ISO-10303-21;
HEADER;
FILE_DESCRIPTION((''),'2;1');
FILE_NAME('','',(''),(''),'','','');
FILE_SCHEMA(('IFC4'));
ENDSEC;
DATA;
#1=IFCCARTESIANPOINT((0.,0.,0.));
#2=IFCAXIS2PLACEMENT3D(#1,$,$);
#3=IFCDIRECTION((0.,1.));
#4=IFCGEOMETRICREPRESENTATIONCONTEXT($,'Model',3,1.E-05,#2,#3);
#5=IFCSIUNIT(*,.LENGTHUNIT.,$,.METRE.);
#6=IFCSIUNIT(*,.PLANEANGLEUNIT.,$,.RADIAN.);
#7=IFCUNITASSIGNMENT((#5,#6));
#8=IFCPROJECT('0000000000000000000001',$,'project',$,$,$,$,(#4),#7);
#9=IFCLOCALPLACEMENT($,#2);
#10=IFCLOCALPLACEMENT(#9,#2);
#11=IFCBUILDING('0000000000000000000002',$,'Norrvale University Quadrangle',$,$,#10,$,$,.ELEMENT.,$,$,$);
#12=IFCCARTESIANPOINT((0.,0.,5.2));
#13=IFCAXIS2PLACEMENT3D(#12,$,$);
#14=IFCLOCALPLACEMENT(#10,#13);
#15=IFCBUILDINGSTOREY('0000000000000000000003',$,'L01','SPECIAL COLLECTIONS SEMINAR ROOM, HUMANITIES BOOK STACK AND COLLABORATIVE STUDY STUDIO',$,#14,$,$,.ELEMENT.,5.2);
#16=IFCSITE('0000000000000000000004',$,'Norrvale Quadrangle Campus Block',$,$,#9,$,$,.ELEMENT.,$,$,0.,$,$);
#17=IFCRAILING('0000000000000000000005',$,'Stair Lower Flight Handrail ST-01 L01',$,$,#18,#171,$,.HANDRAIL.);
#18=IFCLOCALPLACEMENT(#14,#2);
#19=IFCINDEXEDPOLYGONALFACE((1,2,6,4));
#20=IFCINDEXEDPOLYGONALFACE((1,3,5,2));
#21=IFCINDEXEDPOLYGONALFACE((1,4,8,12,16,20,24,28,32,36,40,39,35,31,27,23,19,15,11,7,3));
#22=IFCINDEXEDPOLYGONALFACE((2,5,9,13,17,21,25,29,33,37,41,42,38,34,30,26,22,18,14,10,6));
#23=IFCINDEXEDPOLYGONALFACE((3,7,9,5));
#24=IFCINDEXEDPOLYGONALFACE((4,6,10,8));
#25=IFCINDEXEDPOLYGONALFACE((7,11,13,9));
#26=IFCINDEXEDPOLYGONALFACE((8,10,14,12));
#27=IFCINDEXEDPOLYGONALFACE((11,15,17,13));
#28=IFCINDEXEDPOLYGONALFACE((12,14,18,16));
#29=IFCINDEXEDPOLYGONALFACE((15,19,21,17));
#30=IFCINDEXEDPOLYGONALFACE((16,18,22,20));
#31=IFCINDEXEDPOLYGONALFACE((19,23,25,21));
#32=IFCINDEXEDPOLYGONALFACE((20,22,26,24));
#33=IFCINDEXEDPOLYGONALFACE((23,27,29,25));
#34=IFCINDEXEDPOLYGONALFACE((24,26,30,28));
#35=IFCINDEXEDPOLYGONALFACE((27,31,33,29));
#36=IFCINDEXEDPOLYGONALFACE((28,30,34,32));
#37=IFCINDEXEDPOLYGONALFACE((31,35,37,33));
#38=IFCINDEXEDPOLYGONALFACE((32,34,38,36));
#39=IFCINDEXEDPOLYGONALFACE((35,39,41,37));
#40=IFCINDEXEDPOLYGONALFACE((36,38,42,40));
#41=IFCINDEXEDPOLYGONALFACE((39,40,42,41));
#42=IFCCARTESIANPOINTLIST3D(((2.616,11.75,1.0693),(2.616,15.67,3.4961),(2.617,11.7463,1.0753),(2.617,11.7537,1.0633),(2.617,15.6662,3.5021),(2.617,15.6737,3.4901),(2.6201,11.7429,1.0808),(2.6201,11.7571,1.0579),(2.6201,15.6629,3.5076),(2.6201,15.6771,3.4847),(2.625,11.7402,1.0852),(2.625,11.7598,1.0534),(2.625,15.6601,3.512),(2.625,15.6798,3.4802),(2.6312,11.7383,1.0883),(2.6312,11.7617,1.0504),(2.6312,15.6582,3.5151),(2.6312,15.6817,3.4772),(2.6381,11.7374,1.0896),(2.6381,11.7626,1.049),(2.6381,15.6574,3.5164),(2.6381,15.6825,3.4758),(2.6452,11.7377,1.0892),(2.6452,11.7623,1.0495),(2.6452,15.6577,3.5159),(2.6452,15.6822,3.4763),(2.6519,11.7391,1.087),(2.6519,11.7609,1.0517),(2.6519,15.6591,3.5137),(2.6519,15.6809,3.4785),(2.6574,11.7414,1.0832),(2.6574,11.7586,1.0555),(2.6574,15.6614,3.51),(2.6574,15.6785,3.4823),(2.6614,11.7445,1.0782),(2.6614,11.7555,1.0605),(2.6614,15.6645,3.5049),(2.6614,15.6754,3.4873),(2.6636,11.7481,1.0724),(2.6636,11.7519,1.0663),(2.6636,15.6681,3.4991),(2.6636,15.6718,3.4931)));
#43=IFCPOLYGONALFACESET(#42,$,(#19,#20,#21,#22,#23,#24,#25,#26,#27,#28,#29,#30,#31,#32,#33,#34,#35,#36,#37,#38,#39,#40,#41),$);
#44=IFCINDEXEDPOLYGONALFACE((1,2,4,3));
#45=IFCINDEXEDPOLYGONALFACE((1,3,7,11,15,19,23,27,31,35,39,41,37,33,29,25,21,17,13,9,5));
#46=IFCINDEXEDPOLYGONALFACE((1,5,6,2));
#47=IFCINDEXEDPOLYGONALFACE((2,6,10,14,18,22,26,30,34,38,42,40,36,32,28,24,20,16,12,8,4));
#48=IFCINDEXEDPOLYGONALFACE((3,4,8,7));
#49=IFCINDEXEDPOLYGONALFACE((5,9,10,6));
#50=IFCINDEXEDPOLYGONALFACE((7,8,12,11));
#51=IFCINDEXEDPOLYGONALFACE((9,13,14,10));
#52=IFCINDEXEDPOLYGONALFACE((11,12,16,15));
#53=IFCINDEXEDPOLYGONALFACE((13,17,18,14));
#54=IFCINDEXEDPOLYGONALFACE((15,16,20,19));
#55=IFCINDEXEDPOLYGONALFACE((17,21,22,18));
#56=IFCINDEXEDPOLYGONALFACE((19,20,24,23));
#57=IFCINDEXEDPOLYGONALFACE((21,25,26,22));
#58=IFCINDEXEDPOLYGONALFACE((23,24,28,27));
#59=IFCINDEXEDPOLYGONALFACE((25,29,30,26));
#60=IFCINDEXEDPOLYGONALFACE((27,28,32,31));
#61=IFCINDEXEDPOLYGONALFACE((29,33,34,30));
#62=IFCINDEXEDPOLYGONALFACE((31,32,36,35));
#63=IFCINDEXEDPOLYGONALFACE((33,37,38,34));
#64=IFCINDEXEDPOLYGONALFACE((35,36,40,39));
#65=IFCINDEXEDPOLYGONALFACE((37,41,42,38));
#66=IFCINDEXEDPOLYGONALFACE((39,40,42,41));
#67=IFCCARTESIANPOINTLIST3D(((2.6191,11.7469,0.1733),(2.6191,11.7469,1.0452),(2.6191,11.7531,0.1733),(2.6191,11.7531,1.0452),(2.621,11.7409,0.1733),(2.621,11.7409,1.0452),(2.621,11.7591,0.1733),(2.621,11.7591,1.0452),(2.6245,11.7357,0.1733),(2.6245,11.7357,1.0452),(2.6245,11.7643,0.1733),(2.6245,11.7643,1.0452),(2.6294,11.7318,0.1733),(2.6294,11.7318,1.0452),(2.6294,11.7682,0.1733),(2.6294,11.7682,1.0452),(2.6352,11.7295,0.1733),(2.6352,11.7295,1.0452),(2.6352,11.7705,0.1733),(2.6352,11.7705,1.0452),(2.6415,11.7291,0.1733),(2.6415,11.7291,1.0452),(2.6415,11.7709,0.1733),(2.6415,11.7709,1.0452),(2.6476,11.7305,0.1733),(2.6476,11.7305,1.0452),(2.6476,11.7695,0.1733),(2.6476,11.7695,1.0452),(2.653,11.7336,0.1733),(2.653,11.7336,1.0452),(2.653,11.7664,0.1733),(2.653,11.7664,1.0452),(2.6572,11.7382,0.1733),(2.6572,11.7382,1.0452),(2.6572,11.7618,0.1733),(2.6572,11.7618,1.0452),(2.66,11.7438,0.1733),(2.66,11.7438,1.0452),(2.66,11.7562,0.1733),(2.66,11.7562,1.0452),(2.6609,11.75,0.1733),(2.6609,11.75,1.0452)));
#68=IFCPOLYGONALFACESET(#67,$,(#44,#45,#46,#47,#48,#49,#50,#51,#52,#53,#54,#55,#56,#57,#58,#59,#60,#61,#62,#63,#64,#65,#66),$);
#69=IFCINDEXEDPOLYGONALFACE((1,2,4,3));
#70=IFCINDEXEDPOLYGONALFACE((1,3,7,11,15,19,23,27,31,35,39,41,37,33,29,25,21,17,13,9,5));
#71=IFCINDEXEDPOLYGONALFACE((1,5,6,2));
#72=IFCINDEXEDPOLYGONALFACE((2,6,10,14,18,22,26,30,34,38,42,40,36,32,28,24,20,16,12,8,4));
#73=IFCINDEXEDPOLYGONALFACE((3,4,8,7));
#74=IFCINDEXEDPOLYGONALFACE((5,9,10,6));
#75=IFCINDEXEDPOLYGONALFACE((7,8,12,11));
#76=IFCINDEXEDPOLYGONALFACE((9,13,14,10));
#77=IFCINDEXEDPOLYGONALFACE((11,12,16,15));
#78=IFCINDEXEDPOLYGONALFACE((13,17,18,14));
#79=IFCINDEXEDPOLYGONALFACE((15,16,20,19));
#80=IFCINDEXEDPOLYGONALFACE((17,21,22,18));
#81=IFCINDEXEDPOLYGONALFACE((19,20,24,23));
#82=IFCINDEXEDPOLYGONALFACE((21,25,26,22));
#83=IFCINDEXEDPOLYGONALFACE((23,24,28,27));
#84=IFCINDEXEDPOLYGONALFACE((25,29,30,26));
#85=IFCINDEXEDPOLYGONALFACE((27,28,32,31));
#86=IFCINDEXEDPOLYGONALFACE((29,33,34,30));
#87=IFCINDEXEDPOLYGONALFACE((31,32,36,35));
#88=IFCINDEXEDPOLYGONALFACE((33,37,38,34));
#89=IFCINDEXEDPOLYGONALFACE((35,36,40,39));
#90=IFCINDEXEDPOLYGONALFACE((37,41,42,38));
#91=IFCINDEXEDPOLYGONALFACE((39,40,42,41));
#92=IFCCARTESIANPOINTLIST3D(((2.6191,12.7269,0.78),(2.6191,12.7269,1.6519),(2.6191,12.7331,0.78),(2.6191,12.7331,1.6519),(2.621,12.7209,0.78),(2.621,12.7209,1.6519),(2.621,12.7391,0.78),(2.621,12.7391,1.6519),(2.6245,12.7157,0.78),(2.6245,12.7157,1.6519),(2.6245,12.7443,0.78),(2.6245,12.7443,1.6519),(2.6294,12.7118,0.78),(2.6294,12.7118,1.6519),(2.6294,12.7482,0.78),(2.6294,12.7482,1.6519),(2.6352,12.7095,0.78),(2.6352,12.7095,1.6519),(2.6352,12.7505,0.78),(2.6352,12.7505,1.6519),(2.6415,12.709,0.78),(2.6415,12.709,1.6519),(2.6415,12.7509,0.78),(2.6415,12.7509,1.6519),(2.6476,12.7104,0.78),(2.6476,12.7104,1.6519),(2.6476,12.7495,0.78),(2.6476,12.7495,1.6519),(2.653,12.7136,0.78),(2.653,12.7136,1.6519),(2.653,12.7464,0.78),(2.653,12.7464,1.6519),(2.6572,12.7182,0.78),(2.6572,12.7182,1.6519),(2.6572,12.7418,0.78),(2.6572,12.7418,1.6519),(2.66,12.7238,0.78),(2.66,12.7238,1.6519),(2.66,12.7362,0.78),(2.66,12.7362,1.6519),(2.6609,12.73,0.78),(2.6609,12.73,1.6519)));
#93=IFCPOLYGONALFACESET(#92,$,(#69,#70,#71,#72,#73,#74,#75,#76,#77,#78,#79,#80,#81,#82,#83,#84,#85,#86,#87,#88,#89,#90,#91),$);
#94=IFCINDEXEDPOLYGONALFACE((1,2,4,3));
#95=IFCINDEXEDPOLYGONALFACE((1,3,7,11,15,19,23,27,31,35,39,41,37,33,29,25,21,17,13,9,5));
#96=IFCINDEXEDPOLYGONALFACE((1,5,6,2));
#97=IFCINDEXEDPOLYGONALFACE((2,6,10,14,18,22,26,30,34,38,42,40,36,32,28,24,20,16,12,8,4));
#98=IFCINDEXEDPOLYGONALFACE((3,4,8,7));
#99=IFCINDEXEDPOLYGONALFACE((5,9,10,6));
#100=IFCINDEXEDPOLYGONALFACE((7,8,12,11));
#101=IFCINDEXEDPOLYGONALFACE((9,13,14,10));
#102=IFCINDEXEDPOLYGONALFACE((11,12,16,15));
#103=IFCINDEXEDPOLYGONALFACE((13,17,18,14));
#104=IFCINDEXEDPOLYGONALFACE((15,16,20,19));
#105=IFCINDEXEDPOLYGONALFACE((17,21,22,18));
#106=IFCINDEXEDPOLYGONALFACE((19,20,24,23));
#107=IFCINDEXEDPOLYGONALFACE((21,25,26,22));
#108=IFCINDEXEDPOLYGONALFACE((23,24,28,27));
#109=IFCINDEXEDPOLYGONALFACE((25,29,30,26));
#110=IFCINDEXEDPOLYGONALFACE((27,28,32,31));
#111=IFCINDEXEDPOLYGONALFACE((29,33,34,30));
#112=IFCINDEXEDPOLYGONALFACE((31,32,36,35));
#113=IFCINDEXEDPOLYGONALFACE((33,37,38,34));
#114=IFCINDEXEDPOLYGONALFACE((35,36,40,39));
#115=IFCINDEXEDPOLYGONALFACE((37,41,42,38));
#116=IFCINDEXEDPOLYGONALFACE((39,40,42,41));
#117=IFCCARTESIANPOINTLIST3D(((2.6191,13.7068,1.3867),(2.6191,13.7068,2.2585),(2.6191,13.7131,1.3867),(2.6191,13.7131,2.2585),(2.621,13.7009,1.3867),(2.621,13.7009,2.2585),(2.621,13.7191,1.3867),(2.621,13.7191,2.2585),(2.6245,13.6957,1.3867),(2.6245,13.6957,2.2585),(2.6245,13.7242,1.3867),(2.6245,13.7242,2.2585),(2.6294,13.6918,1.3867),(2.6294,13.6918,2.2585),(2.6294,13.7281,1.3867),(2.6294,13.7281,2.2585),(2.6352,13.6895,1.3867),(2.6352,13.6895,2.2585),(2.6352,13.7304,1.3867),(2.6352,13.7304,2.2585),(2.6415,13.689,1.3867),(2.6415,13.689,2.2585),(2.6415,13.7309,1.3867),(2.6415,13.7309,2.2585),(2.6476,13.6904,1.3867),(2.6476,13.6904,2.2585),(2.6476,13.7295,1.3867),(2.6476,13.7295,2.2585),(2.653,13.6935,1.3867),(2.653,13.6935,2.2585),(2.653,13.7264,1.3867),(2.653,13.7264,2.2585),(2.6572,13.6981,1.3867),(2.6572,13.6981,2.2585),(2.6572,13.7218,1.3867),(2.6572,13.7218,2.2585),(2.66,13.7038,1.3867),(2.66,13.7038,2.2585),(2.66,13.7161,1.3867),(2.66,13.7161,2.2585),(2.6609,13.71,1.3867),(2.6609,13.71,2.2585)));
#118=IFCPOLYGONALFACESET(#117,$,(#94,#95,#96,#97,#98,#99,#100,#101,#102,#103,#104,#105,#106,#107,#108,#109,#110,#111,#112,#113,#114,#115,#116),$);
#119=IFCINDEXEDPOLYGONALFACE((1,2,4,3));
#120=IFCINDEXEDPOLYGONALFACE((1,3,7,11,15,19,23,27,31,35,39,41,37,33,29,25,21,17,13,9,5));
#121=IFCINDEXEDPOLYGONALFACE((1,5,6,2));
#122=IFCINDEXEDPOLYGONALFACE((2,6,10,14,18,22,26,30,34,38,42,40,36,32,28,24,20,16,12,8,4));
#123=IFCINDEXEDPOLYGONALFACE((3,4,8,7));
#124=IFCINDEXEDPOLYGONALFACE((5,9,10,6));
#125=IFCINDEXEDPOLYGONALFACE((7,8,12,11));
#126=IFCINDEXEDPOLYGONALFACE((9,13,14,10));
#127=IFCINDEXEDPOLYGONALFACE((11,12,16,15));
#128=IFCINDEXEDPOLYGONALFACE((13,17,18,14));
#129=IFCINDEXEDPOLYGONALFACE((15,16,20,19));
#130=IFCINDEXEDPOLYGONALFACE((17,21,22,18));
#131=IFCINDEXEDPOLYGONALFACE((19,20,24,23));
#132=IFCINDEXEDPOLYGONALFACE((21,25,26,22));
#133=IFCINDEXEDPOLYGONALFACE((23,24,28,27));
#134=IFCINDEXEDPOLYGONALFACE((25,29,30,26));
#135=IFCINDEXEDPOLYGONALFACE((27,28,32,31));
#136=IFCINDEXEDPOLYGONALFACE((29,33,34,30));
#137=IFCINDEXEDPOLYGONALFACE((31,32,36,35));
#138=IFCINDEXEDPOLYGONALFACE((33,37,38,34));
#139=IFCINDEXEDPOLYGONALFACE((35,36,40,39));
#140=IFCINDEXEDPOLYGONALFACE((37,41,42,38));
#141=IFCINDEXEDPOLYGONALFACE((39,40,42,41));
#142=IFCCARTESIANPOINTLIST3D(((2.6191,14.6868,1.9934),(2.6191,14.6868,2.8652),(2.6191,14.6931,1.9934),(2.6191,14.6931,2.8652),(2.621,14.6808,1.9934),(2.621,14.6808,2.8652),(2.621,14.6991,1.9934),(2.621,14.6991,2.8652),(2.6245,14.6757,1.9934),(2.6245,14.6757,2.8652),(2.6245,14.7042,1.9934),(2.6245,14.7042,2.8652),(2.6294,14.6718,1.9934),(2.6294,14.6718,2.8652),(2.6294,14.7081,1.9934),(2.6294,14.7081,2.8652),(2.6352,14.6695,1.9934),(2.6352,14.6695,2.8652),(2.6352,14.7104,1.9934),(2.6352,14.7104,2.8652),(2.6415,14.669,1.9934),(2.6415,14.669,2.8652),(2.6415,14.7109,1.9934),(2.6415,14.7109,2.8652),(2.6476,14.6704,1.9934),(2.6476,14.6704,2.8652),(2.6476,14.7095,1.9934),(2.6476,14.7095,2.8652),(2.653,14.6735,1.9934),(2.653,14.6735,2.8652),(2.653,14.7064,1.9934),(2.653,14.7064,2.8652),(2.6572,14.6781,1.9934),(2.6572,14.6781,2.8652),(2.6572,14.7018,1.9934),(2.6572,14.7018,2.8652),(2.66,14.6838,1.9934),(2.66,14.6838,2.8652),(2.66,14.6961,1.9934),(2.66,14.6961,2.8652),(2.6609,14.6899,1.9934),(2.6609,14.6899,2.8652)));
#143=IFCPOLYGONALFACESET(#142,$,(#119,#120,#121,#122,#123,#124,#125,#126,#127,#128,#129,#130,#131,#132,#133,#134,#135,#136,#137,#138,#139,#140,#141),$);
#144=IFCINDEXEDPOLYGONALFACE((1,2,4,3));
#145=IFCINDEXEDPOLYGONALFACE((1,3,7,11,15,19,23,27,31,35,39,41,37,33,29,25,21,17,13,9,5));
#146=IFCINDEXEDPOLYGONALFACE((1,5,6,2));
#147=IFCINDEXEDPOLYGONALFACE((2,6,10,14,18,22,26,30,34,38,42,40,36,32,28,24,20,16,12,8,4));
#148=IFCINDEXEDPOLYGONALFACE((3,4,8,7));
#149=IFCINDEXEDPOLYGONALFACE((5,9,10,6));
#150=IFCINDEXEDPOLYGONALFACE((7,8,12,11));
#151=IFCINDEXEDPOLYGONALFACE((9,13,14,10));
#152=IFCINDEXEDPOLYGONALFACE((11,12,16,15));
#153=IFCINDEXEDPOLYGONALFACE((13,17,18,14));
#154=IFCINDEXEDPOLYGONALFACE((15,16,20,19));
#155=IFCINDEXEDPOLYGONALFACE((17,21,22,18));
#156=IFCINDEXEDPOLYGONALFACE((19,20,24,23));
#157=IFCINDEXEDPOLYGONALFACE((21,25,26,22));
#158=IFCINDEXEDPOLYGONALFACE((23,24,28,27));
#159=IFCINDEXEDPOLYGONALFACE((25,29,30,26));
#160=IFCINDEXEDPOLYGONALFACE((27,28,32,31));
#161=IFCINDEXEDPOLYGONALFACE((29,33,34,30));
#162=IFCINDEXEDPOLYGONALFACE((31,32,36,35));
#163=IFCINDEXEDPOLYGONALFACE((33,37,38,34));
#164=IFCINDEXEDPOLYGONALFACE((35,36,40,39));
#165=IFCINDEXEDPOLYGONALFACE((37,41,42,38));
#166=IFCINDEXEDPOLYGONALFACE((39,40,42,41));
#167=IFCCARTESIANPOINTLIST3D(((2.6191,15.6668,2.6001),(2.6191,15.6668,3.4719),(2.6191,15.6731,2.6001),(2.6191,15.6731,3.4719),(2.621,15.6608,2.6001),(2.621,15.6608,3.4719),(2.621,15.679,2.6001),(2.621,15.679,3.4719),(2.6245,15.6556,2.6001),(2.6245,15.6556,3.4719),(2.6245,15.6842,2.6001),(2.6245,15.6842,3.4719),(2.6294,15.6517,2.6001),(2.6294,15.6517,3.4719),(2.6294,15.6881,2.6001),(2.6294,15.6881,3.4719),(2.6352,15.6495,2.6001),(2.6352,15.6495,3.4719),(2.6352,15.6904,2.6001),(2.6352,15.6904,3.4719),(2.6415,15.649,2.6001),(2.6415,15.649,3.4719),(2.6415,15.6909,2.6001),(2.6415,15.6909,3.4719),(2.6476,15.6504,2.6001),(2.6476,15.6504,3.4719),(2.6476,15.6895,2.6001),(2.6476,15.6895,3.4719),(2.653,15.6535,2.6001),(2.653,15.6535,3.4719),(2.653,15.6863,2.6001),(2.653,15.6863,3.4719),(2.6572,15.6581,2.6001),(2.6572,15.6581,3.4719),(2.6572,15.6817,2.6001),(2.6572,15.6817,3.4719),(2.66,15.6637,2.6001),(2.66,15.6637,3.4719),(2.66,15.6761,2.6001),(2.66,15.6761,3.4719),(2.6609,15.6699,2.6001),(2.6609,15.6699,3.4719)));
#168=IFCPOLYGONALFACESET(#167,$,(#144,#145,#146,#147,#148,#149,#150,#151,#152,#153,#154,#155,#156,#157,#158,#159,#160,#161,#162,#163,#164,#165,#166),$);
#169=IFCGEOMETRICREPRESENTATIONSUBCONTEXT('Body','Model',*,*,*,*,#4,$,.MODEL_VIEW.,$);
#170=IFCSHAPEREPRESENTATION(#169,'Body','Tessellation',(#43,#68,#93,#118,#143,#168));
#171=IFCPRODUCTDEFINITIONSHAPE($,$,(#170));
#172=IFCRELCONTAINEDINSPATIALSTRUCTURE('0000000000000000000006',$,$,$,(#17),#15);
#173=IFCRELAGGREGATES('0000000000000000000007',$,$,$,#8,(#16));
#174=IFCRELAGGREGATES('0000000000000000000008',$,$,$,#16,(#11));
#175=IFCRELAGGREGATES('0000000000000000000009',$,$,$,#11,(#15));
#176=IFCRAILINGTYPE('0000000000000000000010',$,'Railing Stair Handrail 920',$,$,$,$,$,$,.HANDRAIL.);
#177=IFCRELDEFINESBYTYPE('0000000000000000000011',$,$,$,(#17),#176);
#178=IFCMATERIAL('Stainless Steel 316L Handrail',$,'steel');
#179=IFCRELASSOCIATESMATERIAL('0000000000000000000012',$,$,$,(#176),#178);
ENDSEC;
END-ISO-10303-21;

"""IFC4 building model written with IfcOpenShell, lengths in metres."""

from ifc_helpers import new_model, si_unit, direction, frame, origin, origin_2d, place, context, subcontext, project, spatial, circle, extrude, material, type_object, element, save


model = new_model("IFC4")

# Units and contexts
model_context = context("Model", 3, precision=1e-05, world=origin(), true_north=direction((0.0, 1.0)))
body_context = subcontext(model_context, "Body", "Model", "MODEL_VIEW")
ifc_project = project(units=[si_unit("LENGTHUNIT", "METRE"), si_unit("PLANEANGLEUNIT", "RADIAN")], contexts=[model_context])

# Site, building, storey
site_placement = place(None, origin())
site = spatial("IfcSite", under=ifc_project, at=site_placement, Name="Norrvale Quadrangle Campus Block", CompositionType="ELEMENT", RefElevation=0.0)
building_placement = place(site_placement, origin())
building = spatial("IfcBuilding", under=site, at=building_placement, Name="Norrvale University Quadrangle", CompositionType="ELEMENT")
storey_placement = place(building_placement, frame((0.0, 0.0, 5.2)))
storey = spatial("IfcBuildingStorey", under=building, at=storey_placement, Name="L01", Description="SPECIAL COLLECTIONS SEMINAR ROOM, HUMANITIES BOOK STACK AND COLLABORATIVE STUDY STUDIO", CompositionType="ELEMENT", Elevation=5.2)

# Railing
ifc_material_1 = material(Name="Stainless Steel 316L Handrail", Category="steel")
railing_type_1 = type_object("IfcRailingType", Name="Railing Stair Handrail 920", PredefinedType="HANDRAIL", material=ifc_material_1)
for number, where, name in (
    (1, (2.6399, 11.75, 0.1733), "Stair Lower Flight Handrail ST-01 L01"),
):
    element("IfcRailing", number, at=place(storey_placement, frame(where)), inside=storey, type_object=railing_type_1, Name=name, PredefinedType="HANDRAIL", context=body_context, shape_type="SweptSolid", body=[
        extrude(circle(Radius=0.0239, at=origin_2d()), frame((0.0, 0.0, 0.896), z_axis=(0.0, 0.850252, 0.526376), x_axis=(-1.0, 0.0, 0.0)), (0.0, 0.0, 1.0), 4.6104),
        extrude(circle(Radius=0.021, at=origin_2d()), origin(), (0.0, 0.0, 1.0), 0.8718),
        extrude(circle(Radius=0.021, at=origin_2d()), frame((0.0, 0.98, 0.6067)), (0.0, 0.0, 1.0), 0.8718),
        extrude(circle(Radius=0.021, at=origin_2d()), frame((0.0, 1.96, 1.2134)), (0.0, 0.0, 1.0), 0.8718),
        extrude(circle(Radius=0.021, at=origin_2d()), frame((0.0, 2.9399, 1.8201)), (0.0, 0.0, 1.0), 0.8718),
        extrude(circle(Radius=0.021, at=origin_2d()), frame((0.0, 3.9199, 2.4268)), (0.0, 0.0, 1.0), 0.8718),
    ])

save(model, "model.ifc")
